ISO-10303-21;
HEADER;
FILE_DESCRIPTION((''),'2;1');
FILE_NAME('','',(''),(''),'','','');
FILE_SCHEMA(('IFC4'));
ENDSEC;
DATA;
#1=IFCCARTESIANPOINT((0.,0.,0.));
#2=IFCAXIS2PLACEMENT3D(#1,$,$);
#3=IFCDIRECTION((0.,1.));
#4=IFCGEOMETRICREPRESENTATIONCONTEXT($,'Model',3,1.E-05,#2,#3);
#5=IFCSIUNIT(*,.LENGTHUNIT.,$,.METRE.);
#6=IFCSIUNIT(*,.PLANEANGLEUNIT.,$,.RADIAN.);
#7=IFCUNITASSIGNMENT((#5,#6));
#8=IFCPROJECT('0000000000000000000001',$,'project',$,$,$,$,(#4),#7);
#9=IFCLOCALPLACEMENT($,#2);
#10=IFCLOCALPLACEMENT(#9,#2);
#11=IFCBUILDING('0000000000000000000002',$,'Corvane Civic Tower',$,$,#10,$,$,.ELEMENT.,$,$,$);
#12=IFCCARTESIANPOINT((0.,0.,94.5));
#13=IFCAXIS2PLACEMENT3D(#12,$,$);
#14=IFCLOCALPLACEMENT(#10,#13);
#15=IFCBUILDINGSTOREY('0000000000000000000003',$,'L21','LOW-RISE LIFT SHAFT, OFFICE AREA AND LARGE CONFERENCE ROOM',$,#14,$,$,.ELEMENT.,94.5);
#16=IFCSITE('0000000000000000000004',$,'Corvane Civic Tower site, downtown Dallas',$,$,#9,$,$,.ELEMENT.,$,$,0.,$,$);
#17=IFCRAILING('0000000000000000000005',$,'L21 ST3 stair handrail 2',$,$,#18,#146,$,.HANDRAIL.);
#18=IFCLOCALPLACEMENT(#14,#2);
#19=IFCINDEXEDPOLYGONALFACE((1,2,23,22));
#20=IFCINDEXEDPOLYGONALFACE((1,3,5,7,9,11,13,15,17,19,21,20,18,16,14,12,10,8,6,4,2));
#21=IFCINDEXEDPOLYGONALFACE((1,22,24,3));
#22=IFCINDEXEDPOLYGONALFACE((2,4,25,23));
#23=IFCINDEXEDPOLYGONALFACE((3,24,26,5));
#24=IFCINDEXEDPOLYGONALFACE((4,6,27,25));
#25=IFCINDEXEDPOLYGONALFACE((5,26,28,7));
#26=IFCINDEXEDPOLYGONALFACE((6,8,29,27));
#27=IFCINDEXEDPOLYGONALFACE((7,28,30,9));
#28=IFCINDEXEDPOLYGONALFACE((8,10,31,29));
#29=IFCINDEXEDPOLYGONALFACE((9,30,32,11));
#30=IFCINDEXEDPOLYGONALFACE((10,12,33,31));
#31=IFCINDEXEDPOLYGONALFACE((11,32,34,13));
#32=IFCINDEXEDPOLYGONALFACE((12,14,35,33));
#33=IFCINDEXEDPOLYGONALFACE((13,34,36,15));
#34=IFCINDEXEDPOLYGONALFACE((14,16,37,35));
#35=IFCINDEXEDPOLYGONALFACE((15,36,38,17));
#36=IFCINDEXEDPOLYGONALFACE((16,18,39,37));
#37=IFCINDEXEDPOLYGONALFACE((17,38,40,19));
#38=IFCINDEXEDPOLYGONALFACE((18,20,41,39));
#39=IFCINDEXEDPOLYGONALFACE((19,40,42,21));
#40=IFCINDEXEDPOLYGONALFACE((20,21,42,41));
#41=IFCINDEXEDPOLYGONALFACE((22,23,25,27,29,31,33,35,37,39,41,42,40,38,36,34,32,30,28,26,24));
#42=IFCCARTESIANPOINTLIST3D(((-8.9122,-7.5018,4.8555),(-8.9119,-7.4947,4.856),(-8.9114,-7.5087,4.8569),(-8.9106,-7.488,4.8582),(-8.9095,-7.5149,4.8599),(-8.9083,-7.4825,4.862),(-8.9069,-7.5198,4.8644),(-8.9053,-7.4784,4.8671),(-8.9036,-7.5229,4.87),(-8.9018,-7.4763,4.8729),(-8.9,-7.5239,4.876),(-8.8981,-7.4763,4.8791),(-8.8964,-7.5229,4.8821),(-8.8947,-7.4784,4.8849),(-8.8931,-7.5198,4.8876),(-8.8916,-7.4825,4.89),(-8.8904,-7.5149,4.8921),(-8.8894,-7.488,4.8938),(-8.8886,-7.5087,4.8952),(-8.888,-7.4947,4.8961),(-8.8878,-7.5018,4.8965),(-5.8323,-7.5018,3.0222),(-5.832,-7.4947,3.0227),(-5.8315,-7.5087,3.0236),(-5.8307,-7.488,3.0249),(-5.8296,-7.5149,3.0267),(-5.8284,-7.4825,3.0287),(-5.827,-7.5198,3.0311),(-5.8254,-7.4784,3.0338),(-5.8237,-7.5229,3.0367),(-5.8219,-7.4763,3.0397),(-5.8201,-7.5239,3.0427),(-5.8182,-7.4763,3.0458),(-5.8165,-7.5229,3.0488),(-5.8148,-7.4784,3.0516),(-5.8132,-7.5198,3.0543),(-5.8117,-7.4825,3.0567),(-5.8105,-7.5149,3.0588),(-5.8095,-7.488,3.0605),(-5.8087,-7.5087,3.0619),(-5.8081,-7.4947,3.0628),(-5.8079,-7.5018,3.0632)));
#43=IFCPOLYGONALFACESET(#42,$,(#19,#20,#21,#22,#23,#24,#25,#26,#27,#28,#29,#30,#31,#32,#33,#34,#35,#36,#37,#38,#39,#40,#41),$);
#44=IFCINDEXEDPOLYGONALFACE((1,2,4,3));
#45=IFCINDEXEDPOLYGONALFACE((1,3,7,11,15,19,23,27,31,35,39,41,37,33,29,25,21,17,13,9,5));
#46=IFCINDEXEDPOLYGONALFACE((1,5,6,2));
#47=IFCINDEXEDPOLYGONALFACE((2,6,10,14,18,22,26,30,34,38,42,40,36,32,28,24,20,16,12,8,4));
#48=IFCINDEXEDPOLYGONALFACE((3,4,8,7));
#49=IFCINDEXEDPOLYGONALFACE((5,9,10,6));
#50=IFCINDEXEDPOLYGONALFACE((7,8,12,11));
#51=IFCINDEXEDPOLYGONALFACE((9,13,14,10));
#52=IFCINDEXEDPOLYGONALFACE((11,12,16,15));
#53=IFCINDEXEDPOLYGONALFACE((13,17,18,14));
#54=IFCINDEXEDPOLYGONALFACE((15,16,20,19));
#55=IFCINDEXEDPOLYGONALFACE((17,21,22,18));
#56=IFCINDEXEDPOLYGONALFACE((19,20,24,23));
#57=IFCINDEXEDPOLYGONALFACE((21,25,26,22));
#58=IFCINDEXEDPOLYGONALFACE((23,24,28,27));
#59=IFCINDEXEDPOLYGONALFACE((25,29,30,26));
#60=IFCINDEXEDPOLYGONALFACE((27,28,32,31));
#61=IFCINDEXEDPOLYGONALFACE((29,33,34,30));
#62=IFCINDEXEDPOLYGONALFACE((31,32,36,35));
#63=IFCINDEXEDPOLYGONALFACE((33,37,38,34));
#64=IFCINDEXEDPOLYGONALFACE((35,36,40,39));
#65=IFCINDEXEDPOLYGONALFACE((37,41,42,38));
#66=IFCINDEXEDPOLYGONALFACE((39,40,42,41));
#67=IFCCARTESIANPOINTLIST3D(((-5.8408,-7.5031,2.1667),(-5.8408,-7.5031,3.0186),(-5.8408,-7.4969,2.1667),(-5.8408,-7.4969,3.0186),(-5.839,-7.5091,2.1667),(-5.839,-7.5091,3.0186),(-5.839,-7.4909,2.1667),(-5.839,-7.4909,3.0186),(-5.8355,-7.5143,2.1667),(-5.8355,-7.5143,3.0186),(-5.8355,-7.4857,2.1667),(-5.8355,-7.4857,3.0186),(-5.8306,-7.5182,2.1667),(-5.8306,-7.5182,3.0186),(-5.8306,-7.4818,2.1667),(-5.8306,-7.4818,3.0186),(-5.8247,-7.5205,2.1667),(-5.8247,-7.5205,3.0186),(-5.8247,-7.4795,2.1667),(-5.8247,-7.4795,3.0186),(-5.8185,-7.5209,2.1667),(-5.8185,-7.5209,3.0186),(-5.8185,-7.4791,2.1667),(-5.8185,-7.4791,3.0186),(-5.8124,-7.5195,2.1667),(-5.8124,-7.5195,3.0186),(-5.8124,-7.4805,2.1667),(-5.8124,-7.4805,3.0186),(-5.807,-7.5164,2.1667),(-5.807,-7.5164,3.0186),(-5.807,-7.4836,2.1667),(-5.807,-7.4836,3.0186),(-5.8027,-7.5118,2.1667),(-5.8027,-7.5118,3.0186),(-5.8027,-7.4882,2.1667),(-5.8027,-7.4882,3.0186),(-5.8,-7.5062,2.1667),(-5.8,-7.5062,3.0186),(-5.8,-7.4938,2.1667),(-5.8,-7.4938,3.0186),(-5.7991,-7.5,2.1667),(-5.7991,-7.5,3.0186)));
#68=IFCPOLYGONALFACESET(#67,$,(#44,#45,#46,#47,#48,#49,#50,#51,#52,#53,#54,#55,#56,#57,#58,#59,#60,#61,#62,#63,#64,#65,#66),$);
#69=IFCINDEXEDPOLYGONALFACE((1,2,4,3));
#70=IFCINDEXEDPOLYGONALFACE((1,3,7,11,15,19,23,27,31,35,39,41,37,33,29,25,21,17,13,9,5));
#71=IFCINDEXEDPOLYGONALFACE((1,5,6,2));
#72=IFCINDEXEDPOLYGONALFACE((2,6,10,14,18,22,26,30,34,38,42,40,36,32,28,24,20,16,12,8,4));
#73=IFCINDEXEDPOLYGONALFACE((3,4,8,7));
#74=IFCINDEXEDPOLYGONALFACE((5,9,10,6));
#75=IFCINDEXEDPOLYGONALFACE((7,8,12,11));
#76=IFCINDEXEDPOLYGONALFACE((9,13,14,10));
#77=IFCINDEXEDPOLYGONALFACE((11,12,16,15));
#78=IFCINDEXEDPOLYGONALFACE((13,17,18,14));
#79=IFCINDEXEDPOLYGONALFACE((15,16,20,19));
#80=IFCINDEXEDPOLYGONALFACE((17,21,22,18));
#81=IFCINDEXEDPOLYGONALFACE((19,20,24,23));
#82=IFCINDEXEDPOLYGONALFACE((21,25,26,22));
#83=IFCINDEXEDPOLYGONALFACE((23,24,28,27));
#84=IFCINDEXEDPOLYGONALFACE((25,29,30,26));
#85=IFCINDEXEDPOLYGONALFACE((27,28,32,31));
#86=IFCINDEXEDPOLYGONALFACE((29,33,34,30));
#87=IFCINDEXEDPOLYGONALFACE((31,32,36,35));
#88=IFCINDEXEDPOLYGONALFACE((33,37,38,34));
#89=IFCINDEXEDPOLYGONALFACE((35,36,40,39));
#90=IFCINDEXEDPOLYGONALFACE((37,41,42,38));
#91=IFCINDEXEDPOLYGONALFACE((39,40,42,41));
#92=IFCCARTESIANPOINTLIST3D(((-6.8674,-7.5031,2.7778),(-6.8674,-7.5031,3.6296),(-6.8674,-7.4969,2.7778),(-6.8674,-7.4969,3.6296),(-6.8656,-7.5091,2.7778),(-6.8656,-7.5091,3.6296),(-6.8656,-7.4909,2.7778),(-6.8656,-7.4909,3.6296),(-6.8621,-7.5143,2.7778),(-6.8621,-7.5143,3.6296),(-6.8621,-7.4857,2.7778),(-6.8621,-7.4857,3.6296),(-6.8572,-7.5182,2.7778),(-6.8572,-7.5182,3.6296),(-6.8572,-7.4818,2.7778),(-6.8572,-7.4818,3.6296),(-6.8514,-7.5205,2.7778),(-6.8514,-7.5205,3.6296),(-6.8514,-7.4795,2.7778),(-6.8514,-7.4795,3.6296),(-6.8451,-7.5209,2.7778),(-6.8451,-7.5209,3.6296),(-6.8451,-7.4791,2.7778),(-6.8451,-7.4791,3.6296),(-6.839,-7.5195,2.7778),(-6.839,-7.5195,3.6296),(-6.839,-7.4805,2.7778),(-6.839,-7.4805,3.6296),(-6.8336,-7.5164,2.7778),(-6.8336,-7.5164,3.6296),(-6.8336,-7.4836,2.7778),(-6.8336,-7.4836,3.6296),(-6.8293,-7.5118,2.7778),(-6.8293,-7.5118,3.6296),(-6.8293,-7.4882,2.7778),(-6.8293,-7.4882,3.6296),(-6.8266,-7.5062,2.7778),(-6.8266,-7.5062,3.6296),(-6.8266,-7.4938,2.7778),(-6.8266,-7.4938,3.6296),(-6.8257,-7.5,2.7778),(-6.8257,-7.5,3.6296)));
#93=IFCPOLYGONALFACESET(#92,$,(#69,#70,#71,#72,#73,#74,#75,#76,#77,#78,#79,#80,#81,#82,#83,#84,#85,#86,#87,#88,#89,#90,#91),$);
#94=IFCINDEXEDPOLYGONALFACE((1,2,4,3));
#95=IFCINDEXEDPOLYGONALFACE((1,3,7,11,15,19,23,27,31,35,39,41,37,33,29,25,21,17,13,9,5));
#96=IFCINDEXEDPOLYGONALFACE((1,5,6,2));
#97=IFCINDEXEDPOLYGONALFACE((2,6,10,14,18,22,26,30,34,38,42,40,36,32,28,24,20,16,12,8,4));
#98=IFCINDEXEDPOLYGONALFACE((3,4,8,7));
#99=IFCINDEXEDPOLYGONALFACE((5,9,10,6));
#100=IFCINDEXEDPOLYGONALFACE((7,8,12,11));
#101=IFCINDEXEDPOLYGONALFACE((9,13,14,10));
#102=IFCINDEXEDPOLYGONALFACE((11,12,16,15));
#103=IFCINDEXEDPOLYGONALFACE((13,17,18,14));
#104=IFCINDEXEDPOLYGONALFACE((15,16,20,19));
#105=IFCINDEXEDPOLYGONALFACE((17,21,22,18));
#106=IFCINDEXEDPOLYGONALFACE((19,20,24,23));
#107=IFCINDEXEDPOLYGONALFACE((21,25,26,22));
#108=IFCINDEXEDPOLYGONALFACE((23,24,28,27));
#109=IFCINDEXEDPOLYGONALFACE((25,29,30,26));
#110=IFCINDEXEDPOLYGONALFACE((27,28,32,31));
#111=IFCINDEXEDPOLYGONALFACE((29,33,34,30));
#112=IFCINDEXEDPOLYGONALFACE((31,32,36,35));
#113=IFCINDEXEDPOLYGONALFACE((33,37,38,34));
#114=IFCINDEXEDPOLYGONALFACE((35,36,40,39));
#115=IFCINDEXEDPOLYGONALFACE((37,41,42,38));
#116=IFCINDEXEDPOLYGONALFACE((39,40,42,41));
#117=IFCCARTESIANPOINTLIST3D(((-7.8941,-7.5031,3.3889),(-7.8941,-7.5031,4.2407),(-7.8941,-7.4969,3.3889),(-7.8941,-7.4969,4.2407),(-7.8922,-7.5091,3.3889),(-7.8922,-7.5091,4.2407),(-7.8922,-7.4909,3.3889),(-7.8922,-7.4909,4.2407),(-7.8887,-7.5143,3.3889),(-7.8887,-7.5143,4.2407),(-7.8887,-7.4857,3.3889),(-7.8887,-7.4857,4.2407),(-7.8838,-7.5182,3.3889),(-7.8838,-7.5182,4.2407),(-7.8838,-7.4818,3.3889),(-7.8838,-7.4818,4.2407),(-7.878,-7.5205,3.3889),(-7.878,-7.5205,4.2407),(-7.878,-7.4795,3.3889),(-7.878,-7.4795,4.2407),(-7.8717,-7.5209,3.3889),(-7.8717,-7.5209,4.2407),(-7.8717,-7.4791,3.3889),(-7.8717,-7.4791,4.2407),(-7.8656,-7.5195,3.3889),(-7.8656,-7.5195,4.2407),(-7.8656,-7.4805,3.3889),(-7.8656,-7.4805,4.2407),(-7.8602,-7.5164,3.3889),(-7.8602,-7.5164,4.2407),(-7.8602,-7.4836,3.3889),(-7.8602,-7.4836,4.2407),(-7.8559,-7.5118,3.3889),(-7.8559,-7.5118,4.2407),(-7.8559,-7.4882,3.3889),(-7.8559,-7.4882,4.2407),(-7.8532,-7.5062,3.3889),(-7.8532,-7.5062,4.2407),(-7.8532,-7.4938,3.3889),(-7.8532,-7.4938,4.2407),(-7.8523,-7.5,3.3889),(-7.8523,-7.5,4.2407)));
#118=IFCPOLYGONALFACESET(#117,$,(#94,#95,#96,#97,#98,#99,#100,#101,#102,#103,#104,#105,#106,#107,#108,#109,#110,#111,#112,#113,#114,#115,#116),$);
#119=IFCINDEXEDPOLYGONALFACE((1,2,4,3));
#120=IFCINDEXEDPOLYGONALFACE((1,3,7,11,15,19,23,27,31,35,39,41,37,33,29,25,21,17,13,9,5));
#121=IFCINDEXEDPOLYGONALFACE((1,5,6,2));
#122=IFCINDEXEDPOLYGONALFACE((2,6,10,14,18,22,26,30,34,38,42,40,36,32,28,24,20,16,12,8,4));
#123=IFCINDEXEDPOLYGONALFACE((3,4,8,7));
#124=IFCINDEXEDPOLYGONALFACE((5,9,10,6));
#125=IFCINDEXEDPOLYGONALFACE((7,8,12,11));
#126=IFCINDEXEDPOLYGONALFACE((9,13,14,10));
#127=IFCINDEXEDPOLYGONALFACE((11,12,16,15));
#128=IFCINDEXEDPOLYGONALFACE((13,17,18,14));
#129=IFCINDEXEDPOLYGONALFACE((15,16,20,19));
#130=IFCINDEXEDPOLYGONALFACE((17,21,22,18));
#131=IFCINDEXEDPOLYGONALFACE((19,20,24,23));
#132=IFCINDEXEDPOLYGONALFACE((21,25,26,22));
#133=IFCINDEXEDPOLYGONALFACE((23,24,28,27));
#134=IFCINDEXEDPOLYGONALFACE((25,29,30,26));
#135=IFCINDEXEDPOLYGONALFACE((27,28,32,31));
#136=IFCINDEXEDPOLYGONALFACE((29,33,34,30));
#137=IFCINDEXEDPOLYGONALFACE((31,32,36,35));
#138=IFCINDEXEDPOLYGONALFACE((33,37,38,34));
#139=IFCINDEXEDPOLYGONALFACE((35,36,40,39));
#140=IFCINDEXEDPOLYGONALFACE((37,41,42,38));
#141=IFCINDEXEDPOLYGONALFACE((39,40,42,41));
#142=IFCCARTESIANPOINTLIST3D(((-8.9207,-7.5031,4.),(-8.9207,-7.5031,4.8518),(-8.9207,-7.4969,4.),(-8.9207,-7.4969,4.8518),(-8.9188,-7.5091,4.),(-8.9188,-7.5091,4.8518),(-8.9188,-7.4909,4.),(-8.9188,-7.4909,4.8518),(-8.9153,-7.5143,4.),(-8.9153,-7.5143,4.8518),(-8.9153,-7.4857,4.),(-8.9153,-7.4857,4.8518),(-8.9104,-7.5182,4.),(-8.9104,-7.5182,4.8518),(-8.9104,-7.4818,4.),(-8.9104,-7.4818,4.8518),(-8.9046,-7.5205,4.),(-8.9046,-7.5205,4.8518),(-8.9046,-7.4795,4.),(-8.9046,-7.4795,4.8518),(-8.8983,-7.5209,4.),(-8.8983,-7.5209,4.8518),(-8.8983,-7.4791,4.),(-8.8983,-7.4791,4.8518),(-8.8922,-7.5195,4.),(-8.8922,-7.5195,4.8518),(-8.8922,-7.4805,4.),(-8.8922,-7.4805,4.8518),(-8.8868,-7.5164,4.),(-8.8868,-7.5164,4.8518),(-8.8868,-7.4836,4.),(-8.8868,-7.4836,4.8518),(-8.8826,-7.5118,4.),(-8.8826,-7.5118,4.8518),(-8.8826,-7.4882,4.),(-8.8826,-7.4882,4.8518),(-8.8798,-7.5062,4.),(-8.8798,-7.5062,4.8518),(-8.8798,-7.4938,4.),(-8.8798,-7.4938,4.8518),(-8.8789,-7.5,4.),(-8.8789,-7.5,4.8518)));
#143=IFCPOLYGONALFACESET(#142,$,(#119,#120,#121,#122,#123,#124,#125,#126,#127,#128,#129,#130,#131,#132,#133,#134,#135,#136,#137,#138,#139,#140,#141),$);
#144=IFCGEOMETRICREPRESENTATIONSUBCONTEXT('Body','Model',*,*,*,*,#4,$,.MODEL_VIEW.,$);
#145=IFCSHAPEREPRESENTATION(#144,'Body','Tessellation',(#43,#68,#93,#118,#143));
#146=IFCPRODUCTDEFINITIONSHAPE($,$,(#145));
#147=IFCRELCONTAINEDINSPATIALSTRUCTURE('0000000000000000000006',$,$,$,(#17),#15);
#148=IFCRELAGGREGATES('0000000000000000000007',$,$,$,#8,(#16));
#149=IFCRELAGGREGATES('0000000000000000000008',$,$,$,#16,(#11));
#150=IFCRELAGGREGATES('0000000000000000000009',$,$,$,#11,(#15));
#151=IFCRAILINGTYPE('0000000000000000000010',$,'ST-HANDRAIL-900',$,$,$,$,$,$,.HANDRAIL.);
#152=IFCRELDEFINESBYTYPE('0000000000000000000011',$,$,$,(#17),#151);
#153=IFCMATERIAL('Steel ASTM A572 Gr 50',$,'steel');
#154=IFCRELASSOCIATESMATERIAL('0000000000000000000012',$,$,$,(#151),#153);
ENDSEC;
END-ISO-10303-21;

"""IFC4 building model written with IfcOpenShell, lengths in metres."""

from ifc_helpers import new_model, si_unit, direction, frame, origin, origin_2d, place, context, subcontext, project, spatial, circle, extrude, material, type_object, element, save


model = new_model("IFC4")

# Units and contexts
model_context = context("Model", 3, precision=1e-05, world=origin(), true_north=direction((0.0, 1.0)))
body_context = subcontext(model_context, "Body", "Model", "MODEL_VIEW")
ifc_project = project(units=[si_unit("LENGTHUNIT", "METRE"), si_unit("PLANEANGLEUNIT", "RADIAN")], contexts=[model_context])

# Site, building, storey
site_placement = place(None, origin())
site = spatial("IfcSite", under=ifc_project, at=site_placement, Name="Corvane Civic Tower site, downtown Dallas", CompositionType="ELEMENT", RefElevation=0.0)
building_placement = place(site_placement, origin())
building = spatial("IfcBuilding", under=site, at=building_placement, Name="Corvane Civic Tower", CompositionType="ELEMENT")
storey_placement = place(building_placement, frame((0.0, 0.0, 94.5)))
storey = spatial("IfcBuildingStorey", under=building, at=storey_placement, Name="L21", Description="LOW-RISE LIFT SHAFT, OFFICE AREA AND LARGE CONFERENCE ROOM", CompositionType="ELEMENT", Elevation=94.5)

# Railing
ifc_material_1 = material(Name="Steel ASTM A572 Gr 50", Category="steel")
railing_type = type_object("IfcRailingType", Name="ST-HANDRAIL-900", PredefinedType="HANDRAIL", material=ifc_material_1)
railing_placement = place(storey_placement, frame((-5.8201, -7.5, 2.1667)))
element("IfcRailing", 1, at=railing_placement, inside=storey, type_object=railing_type, Name="L21 ST3 stair handrail 2", PredefinedType="HANDRAIL", context=body_context, shape_type="SweptSolid", body=[
    extrude(circle(Radius=0.0239, at=origin_2d()), frame((0.0, 0.0, 0.876), z_axis=(-0.859291, 0.0, 0.511487), x_axis=(0.0, -1.0, 0.0)), (0.0, 0.0, 1.0), 3.5842),
    extrude(circle(Radius=0.021, at=origin_2d()), origin(), (0.0, 0.0, 1.0), 0.8518),
    extrude(circle(Radius=0.021, at=origin_2d()), frame((-1.0266, 0.0, 0.6111)), (0.0, 0.0, 1.0), 0.8518),
    extrude(circle(Radius=0.021, at=origin_2d()), frame((-2.0532, 0.0, 1.2222)), (0.0, 0.0, 1.0), 0.8518),
    extrude(circle(Radius=0.021, at=origin_2d()), frame((-3.0798, 0.0, 1.8333)), (0.0, 0.0, 1.0), 0.8518),
])

save(model, "model.ifc")
